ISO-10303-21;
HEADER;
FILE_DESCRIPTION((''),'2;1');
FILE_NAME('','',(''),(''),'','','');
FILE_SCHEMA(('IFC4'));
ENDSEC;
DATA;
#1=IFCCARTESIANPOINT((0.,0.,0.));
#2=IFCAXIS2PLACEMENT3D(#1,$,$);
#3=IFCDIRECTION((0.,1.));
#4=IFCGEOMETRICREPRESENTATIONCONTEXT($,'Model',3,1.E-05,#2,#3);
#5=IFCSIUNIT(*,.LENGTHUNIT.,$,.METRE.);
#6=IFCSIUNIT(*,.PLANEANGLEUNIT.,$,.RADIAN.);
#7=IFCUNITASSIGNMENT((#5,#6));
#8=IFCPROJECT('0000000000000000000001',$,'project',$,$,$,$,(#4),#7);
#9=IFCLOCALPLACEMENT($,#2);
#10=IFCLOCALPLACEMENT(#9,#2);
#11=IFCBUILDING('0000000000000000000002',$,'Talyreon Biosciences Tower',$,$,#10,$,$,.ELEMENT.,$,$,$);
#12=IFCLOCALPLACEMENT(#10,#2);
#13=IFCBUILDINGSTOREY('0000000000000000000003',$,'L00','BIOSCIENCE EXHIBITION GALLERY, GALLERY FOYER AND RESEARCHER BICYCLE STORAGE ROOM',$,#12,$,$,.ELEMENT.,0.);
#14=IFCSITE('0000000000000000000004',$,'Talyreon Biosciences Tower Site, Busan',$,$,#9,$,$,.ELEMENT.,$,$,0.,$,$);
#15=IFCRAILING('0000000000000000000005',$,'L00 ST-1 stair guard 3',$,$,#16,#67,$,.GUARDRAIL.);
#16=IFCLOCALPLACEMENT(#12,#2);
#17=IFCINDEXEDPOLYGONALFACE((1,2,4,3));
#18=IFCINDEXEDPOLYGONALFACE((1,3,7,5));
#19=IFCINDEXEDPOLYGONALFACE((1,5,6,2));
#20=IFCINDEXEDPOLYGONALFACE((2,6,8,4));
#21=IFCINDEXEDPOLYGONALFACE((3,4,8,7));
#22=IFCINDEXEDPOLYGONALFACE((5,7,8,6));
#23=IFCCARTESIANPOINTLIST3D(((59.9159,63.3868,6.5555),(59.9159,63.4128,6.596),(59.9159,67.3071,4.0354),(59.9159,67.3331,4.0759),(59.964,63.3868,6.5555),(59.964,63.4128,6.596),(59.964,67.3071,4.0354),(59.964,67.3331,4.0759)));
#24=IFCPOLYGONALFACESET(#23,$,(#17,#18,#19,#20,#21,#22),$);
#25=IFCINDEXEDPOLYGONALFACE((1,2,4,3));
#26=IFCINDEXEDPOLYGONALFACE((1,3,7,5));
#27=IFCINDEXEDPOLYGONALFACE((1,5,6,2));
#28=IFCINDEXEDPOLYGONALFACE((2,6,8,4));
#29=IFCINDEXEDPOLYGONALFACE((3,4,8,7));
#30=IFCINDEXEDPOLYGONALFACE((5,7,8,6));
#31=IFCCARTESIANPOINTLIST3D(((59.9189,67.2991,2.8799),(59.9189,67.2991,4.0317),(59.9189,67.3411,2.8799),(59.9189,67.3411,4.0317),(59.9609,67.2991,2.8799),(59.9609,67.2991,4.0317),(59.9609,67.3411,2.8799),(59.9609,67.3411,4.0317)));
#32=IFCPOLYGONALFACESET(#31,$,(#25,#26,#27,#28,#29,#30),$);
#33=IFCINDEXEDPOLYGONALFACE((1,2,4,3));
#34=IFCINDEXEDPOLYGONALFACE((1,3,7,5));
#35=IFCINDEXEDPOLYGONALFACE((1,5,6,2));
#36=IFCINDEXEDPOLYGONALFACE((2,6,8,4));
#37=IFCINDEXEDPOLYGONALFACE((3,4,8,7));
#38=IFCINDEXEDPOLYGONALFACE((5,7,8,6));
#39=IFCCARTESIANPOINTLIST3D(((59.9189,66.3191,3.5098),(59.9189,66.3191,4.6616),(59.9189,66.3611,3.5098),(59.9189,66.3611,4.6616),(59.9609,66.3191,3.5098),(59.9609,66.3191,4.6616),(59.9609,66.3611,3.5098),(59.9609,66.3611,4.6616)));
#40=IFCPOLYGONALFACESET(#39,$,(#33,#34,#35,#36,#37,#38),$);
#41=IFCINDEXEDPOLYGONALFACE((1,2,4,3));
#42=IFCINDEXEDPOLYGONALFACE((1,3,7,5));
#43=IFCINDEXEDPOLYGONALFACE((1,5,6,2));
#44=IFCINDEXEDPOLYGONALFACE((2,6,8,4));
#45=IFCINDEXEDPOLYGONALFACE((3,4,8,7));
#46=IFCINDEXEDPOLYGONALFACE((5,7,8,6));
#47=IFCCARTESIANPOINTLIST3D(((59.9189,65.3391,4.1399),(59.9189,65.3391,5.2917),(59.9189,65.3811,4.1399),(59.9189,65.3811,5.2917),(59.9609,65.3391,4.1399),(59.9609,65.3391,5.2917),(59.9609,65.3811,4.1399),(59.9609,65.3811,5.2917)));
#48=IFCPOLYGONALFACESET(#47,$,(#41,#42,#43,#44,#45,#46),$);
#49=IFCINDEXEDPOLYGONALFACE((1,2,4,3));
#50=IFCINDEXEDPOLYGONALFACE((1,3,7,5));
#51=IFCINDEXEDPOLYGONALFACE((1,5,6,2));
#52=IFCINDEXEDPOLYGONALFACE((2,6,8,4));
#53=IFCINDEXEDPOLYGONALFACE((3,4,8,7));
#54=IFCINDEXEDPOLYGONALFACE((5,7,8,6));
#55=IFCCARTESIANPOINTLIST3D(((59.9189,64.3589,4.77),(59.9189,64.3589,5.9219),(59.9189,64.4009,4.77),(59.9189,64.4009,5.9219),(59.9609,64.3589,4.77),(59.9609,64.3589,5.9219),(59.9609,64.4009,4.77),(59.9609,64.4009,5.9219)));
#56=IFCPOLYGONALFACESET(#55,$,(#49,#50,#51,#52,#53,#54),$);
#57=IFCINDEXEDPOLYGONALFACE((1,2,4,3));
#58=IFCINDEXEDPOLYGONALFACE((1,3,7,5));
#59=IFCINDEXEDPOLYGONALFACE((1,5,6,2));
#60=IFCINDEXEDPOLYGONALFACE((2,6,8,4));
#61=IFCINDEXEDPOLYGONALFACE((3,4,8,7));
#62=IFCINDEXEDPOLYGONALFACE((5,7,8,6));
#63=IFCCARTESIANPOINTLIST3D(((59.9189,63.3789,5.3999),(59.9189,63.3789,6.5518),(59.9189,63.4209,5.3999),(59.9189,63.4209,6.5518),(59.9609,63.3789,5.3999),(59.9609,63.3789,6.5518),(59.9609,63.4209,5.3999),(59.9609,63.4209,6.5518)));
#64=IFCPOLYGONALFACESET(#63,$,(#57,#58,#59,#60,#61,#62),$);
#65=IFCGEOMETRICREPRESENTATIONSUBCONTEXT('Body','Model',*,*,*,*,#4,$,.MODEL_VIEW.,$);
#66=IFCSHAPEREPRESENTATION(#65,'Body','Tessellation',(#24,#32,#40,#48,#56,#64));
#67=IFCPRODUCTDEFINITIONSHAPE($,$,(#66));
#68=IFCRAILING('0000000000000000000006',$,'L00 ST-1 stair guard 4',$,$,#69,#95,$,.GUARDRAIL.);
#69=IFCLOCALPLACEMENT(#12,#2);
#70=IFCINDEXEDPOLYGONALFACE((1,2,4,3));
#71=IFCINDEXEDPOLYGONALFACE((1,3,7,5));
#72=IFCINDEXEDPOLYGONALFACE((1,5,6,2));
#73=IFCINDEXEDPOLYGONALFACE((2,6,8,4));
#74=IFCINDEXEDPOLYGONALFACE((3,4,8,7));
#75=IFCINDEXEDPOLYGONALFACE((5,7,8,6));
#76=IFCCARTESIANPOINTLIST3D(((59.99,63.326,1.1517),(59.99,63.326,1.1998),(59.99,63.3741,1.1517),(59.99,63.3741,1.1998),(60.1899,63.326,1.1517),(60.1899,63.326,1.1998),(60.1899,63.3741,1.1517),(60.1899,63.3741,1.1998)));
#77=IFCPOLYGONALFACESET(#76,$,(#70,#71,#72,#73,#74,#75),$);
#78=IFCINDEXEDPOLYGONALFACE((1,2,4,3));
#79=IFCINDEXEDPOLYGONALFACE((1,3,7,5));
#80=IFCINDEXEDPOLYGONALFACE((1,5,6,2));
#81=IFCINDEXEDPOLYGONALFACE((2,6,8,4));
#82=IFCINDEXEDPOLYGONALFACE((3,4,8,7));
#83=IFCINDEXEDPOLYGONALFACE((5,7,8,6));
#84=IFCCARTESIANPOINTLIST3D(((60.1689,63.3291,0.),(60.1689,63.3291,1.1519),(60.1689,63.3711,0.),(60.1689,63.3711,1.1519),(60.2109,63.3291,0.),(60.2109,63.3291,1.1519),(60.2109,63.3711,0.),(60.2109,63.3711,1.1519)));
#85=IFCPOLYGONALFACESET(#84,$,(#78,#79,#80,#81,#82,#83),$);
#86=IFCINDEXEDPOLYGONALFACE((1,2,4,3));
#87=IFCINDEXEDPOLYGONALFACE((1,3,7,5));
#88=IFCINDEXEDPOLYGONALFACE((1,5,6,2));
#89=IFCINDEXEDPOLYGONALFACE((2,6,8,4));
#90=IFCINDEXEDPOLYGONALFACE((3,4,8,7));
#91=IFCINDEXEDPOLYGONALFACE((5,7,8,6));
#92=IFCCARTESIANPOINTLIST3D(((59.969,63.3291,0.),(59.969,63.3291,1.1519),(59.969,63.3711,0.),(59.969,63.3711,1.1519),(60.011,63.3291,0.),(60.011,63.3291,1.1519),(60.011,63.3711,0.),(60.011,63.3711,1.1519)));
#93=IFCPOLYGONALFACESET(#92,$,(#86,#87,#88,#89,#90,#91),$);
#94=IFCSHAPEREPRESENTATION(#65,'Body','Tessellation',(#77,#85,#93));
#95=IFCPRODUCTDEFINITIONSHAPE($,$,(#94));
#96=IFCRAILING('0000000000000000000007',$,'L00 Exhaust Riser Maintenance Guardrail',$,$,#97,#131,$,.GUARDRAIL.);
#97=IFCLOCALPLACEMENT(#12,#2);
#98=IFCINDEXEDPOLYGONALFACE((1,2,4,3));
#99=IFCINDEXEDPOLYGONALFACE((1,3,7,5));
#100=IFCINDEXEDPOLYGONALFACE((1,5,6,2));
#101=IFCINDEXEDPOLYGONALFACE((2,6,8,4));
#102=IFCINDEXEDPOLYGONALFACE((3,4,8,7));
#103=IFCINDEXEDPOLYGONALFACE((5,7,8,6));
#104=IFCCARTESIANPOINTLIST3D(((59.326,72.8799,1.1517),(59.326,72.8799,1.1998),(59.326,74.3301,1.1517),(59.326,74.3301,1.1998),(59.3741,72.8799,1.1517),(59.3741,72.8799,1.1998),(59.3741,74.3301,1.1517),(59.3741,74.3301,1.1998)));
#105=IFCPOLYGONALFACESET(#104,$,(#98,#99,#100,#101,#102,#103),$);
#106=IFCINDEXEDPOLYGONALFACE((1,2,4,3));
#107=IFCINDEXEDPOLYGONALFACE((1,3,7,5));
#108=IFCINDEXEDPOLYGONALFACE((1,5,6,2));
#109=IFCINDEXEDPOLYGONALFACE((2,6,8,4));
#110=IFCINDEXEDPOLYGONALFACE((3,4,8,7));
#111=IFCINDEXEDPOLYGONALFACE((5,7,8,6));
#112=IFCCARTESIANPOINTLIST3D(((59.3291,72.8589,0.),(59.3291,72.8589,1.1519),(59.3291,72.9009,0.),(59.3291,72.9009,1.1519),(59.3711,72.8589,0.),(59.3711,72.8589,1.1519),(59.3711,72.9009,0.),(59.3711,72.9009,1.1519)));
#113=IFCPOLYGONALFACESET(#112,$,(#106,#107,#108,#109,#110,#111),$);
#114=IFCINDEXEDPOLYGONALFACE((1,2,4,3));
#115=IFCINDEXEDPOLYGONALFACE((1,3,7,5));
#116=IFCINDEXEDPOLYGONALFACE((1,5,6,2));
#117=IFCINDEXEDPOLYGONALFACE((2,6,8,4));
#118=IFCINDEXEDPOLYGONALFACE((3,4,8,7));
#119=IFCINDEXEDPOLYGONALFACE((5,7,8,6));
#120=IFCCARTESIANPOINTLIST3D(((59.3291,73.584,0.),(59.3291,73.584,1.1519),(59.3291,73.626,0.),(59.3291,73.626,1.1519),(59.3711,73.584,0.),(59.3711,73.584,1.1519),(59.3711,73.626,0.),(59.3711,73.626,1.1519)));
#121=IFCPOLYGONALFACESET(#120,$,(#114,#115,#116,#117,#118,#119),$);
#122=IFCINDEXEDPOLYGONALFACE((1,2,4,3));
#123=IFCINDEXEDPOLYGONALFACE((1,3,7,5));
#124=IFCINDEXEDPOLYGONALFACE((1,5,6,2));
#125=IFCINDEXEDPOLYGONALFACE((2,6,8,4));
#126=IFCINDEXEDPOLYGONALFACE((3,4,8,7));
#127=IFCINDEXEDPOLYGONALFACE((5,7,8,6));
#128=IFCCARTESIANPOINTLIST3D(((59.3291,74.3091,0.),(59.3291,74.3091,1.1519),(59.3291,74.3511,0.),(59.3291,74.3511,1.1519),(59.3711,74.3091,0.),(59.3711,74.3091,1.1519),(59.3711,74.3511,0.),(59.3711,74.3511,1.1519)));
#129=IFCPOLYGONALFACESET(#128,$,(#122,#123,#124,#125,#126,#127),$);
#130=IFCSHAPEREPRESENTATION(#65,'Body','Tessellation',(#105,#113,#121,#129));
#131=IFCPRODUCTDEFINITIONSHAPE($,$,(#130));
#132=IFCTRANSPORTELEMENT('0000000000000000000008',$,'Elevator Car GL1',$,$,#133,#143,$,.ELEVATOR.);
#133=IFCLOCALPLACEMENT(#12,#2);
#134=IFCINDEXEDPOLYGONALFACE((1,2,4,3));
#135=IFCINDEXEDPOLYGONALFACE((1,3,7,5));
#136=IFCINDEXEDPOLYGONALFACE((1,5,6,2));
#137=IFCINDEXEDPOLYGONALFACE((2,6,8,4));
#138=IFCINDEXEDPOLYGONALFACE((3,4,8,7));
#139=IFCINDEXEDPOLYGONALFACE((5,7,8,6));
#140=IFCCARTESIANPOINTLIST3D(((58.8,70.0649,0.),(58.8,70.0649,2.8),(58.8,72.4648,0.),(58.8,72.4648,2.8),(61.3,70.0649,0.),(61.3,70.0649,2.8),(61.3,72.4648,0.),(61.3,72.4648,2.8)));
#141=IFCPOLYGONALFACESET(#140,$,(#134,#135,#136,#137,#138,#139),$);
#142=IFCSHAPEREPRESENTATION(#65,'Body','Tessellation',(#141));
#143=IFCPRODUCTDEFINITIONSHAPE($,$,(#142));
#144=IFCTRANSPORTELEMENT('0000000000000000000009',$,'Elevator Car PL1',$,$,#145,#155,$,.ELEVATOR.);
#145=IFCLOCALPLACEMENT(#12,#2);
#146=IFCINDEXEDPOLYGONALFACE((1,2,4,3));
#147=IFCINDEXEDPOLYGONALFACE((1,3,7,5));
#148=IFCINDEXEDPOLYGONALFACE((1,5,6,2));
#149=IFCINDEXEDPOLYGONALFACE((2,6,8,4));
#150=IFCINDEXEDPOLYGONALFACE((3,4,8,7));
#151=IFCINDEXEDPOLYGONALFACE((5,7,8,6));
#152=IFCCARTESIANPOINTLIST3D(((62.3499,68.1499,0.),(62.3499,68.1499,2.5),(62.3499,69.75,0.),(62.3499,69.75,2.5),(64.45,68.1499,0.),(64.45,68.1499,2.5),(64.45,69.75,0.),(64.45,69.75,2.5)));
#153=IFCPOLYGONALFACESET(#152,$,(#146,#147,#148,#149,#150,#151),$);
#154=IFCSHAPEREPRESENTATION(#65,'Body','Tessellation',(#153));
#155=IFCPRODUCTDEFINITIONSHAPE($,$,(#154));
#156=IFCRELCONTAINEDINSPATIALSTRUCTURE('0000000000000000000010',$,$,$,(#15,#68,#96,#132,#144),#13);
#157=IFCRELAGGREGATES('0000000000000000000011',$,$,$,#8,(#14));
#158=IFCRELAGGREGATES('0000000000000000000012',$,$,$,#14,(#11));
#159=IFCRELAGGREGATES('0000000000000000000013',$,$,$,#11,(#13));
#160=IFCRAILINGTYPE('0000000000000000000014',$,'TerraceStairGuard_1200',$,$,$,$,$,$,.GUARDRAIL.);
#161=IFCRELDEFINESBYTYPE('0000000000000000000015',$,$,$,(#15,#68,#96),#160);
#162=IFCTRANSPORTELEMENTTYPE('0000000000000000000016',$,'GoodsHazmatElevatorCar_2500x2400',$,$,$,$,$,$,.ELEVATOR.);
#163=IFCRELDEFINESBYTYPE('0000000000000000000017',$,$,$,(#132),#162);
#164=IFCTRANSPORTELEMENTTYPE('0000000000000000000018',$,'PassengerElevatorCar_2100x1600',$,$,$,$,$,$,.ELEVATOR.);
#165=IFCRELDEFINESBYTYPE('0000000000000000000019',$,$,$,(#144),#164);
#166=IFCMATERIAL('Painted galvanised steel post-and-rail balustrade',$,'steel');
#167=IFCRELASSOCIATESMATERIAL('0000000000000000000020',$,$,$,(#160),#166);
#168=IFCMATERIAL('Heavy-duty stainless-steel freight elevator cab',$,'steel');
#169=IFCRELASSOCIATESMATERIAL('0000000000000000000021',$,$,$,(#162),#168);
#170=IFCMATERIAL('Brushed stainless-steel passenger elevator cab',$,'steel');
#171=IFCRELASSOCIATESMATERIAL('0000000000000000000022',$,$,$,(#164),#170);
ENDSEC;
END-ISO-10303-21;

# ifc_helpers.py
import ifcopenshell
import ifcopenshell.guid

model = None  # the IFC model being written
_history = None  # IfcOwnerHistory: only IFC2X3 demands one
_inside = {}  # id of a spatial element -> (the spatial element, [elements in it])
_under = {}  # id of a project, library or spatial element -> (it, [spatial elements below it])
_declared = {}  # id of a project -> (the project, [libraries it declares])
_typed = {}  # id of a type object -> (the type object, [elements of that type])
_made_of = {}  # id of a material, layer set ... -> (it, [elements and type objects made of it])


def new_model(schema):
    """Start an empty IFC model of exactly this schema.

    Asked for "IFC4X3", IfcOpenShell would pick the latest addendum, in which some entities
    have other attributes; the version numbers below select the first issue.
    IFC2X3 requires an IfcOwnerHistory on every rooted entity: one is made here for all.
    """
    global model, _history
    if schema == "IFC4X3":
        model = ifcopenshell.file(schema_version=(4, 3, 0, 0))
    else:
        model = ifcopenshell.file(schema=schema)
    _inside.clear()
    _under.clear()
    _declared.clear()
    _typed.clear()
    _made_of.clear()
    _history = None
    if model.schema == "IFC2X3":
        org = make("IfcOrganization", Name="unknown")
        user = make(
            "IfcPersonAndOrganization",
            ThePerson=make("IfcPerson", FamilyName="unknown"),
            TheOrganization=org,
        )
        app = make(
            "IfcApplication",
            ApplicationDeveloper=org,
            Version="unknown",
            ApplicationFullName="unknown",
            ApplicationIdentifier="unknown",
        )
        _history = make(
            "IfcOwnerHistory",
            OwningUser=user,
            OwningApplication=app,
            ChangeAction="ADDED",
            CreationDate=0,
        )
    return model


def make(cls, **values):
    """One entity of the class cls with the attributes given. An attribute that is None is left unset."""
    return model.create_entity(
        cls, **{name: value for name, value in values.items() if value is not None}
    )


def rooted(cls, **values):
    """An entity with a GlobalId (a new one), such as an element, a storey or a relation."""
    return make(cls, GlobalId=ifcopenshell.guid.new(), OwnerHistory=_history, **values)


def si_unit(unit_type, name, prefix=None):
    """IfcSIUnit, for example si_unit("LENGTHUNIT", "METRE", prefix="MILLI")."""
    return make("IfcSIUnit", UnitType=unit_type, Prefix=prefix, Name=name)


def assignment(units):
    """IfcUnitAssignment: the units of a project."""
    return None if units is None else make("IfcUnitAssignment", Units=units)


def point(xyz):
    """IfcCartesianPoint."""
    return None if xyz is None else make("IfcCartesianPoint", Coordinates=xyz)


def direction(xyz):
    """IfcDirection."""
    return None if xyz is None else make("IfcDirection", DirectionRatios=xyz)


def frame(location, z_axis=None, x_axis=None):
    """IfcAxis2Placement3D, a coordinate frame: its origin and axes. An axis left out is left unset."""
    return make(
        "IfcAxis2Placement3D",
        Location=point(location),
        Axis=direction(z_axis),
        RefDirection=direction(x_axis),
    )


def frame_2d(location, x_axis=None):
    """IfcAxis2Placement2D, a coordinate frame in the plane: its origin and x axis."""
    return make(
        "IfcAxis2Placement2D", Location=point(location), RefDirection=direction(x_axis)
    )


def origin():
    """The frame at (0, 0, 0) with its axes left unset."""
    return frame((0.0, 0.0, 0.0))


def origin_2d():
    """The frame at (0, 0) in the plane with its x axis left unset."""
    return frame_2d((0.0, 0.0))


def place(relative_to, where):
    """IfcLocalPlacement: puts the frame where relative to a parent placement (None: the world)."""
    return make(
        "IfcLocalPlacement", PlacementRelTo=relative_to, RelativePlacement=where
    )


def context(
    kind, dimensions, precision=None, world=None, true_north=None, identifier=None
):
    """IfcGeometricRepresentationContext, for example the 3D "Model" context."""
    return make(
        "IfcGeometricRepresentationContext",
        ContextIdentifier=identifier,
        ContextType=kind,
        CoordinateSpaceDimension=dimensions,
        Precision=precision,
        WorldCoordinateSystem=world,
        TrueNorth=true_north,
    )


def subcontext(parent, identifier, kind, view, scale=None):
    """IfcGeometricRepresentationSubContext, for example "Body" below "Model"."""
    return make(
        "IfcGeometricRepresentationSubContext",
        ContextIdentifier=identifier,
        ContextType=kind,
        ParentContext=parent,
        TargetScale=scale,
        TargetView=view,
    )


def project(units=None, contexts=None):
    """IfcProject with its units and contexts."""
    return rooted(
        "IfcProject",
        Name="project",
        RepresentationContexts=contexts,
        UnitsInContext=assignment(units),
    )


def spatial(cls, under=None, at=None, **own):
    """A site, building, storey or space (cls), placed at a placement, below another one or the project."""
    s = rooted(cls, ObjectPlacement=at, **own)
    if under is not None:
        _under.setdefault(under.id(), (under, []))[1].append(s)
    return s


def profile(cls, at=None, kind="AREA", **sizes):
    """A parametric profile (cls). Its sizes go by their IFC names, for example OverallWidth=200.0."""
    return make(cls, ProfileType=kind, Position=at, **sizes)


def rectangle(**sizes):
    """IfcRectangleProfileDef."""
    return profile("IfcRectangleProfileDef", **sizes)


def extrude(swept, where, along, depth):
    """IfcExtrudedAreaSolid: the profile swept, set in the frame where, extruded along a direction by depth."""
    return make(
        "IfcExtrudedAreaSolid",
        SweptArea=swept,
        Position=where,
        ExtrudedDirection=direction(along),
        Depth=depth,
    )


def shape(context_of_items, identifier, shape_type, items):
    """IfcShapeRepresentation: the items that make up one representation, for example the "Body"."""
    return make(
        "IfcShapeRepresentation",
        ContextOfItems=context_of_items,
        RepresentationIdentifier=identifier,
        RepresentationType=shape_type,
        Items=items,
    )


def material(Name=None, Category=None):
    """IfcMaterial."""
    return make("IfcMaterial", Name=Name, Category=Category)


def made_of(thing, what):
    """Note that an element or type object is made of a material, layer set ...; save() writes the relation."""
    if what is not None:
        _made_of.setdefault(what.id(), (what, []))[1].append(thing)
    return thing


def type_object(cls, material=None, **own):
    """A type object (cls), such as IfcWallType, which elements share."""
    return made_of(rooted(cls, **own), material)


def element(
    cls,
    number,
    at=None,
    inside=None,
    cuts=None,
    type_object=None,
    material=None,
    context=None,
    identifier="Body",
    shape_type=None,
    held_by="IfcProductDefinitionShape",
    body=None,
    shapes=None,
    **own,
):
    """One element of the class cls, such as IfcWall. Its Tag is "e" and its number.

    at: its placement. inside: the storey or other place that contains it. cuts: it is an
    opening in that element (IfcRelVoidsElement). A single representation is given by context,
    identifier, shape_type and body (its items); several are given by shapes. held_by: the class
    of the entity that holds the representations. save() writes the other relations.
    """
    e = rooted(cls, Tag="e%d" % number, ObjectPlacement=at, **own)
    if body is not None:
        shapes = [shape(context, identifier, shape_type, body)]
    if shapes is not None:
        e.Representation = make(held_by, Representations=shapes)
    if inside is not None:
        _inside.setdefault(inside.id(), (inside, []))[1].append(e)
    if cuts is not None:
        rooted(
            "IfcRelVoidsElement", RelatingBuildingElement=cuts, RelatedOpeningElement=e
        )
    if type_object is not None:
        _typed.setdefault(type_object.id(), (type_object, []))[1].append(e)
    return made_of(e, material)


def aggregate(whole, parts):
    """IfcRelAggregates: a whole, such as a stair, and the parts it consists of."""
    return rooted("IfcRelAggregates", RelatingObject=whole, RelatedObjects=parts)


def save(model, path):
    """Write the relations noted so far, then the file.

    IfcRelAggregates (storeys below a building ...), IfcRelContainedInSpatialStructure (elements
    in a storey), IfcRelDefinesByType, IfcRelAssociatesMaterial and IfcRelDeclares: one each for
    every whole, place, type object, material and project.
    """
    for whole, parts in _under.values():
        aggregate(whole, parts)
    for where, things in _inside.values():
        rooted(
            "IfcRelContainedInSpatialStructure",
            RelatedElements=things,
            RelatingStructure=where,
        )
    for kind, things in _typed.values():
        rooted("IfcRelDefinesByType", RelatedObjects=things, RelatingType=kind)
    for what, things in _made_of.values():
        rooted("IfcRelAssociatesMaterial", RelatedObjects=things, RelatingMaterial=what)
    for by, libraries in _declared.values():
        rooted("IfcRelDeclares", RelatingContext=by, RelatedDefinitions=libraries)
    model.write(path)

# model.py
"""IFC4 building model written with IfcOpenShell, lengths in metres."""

from ifc_helpers import new_model, si_unit, direction, frame, origin, origin_2d, place, context, subcontext, project, spatial, rectangle, extrude, material, type_object, element, save


model = new_model("IFC4")

# Units and contexts
model_context = context("Model", 3, precision=1e-05, world=origin(), true_north=direction((0.0, 1.0)))
body_context = subcontext(model_context, "Body", "Model", "MODEL_VIEW")
ifc_project = project(units=[si_unit("LENGTHUNIT", "METRE"), si_unit("PLANEANGLEUNIT", "RADIAN")], contexts=[model_context])

# Site, building, storey
site_placement = place(None, origin())
site = spatial("IfcSite", under=ifc_project, at=site_placement, Name="Talyreon Biosciences Tower Site, Busan", CompositionType="ELEMENT", RefElevation=0.0)
building_placement = place(site_placement, origin())
building = spatial("IfcBuilding", under=site, at=building_placement, Name="Talyreon Biosciences Tower", CompositionType="ELEMENT")
storey_placement = place(building_placement, origin())
storey = spatial("IfcBuildingStorey", under=building, at=storey_placement, Name="L00", Description="BIOSCIENCE EXHIBITION GALLERY, GALLERY FOYER AND RESEARCHER BICYCLE STORAGE ROOM", CompositionType="ELEMENT", Elevation=0.0)

# Railings
ifc_material_1 = material(Name="Painted galvanised steel post-and-rail balustrade", Category="steel")
railing_type_1 = type_object("IfcRailingType", Name="TerraceStairGuard_1200", PredefinedType="GUARDRAIL", material=ifc_material_1)
railing_1_placement = place(storey_placement, frame((59.9399, 67.3201, 2.8799)))
element("IfcRailing", 1, at=railing_1_placement, inside=storey, type_object=railing_type_1, Name="L00 ST-1 stair guard 3", PredefinedType="GUARDRAIL", context=body_context, shape_type="SweptSolid", body=[
    extrude(rectangle(XDim=0.0481, YDim=0.0481, at=origin_2d()), frame((0.0, 0.0, 1.1758), z_axis=(0.0, -0.841187, 0.540744), x_axis=(1.0, 0.0, 0.0)), (0.0, 0.0, 1.0), 4.6604),
    extrude(rectangle(XDim=0.042, YDim=0.042, at=origin_2d()), origin(), (0.0, 0.0, 1.0), 1.1519),
    extrude(rectangle(XDim=0.042, YDim=0.042, at=origin_2d()), frame((0.0, -0.98, 0.6299)), (0.0, 0.0, 1.0), 1.1519),
    extrude(rectangle(XDim=0.042, YDim=0.042, at=origin_2d()), frame((0.0, -1.96, 1.26)), (0.0, 0.0, 1.0), 1.1519),
    extrude(rectangle(XDim=0.042, YDim=0.042, at=origin_2d()), frame((0.0, -2.9402, 1.8901)), (0.0, 0.0, 1.0), 1.1519),
    extrude(rectangle(XDim=0.042, YDim=0.042, at=origin_2d()), frame((0.0, -3.9202, 2.52)), (0.0, 0.0, 1.0), 1.1519),
])
railing_2_placement = place(storey_placement, frame((60.1899, 63.3501, 0.0)))
element("IfcRailing", 2, at=railing_2_placement, inside=storey, type_object=railing_type_1, Name="L00 ST-1 stair guard 4", PredefinedType="GUARDRAIL", context=body_context, shape_type="SweptSolid", body=[
    extrude(rectangle(XDim=0.0481, YDim=0.0481, at=origin_2d()), frame((0.0, 0.0, 1.1758), z_axis=(-1.0, 0.0, 0.0), x_axis=(0.0, -1.0, 0.0)), (0.0, 0.0, 1.0), 0.2),
    extrude(rectangle(XDim=0.042, YDim=0.042, at=origin_2d()), origin(), (0.0, 0.0, 1.0), 1.1519),
    extrude(rectangle(XDim=0.042, YDim=0.042, at=origin_2d()), frame((-0.2, 0.0, 0.0)), (0.0, 0.0, 1.0), 1.1519),
])
railing_3_placement = place(storey_placement, frame((59.3501, 72.8799, 0.0)))
element("IfcRailing", 3, at=railing_3_placement, inside=storey, type_object=railing_type_1, Name="L00 Exhaust Riser Maintenance Guardrail", PredefinedType="GUARDRAIL", context=body_context, shape_type="SweptSolid", body=[
    extrude(rectangle(XDim=0.0481, YDim=0.0481, at=origin_2d()), frame((0.0, 0.0, 1.1758), z_axis=(0.0, 1.0, 0.0), x_axis=(-1.0, 0.0, 0.0)), (0.0, 0.0, 1.0), 1.4502),
    extrude(rectangle(XDim=0.042, YDim=0.042, at=origin_2d()), origin(), (0.0, 0.0, 1.0), 1.1519),
    extrude(rectangle(XDim=0.042, YDim=0.042, at=origin_2d()), frame((0.0, 0.7251, 0.0)), (0.0, 0.0, 1.0), 1.1519),
    extrude(rectangle(XDim=0.042, YDim=0.042, at=origin_2d()), frame((0.0, 1.4502, 0.0)), (0.0, 0.0, 1.0), 1.1519),
])

# Transport elements
ifc_material_2 = material(Name="Heavy-duty stainless-steel freight elevator cab", Category="steel")
transport_element_type_1 = type_object("IfcTransportElementType", Name="GoodsHazmatElevatorCar_2500x2400", PredefinedType="ELEVATOR", material=ifc_material_2)
transport_element_1_placement = place(storey_placement, frame((60.05, 71.2649, 0.0), z_axis=(0.0, 0.0, 1.0), x_axis=(1.0, 0.0, 0.0)))
element("IfcTransportElement", 4, at=transport_element_1_placement, inside=storey, type_object=transport_element_type_1, Name="Elevator Car GL1", PredefinedType="ELEVATOR", context=body_context, shape_type="SweptSolid", body=[
    extrude(rectangle(XDim=2.5, YDim=2.3999, at=origin_2d()), origin(), (0.0, 0.0, 1.0), 2.8),
])
ifc_material_3 = material(Name="Brushed stainless-steel passenger elevator cab", Category="steel")
transport_element_type_2 = type_object("IfcTransportElementType", Name="PassengerElevatorCar_2100x1600", PredefinedType="ELEVATOR", material=ifc_material_3)
transport_element_2_placement = place(storey_placement, frame((63.3999, 68.95, 0.0), z_axis=(0.0, 0.0, 1.0), x_axis=(1.0, 0.0, 0.0)))
element("IfcTransportElement", 5, at=transport_element_2_placement, inside=storey, type_object=transport_element_type_2, Name="Elevator Car PL1", PredefinedType="ELEVATOR", context=body_context, shape_type="SweptSolid", body=[
    extrude(rectangle(XDim=2.1001, YDim=1.6001, at=origin_2d()), origin(), (0.0, 0.0, 1.0), 2.5),
])

save(model, "model.ifc")
